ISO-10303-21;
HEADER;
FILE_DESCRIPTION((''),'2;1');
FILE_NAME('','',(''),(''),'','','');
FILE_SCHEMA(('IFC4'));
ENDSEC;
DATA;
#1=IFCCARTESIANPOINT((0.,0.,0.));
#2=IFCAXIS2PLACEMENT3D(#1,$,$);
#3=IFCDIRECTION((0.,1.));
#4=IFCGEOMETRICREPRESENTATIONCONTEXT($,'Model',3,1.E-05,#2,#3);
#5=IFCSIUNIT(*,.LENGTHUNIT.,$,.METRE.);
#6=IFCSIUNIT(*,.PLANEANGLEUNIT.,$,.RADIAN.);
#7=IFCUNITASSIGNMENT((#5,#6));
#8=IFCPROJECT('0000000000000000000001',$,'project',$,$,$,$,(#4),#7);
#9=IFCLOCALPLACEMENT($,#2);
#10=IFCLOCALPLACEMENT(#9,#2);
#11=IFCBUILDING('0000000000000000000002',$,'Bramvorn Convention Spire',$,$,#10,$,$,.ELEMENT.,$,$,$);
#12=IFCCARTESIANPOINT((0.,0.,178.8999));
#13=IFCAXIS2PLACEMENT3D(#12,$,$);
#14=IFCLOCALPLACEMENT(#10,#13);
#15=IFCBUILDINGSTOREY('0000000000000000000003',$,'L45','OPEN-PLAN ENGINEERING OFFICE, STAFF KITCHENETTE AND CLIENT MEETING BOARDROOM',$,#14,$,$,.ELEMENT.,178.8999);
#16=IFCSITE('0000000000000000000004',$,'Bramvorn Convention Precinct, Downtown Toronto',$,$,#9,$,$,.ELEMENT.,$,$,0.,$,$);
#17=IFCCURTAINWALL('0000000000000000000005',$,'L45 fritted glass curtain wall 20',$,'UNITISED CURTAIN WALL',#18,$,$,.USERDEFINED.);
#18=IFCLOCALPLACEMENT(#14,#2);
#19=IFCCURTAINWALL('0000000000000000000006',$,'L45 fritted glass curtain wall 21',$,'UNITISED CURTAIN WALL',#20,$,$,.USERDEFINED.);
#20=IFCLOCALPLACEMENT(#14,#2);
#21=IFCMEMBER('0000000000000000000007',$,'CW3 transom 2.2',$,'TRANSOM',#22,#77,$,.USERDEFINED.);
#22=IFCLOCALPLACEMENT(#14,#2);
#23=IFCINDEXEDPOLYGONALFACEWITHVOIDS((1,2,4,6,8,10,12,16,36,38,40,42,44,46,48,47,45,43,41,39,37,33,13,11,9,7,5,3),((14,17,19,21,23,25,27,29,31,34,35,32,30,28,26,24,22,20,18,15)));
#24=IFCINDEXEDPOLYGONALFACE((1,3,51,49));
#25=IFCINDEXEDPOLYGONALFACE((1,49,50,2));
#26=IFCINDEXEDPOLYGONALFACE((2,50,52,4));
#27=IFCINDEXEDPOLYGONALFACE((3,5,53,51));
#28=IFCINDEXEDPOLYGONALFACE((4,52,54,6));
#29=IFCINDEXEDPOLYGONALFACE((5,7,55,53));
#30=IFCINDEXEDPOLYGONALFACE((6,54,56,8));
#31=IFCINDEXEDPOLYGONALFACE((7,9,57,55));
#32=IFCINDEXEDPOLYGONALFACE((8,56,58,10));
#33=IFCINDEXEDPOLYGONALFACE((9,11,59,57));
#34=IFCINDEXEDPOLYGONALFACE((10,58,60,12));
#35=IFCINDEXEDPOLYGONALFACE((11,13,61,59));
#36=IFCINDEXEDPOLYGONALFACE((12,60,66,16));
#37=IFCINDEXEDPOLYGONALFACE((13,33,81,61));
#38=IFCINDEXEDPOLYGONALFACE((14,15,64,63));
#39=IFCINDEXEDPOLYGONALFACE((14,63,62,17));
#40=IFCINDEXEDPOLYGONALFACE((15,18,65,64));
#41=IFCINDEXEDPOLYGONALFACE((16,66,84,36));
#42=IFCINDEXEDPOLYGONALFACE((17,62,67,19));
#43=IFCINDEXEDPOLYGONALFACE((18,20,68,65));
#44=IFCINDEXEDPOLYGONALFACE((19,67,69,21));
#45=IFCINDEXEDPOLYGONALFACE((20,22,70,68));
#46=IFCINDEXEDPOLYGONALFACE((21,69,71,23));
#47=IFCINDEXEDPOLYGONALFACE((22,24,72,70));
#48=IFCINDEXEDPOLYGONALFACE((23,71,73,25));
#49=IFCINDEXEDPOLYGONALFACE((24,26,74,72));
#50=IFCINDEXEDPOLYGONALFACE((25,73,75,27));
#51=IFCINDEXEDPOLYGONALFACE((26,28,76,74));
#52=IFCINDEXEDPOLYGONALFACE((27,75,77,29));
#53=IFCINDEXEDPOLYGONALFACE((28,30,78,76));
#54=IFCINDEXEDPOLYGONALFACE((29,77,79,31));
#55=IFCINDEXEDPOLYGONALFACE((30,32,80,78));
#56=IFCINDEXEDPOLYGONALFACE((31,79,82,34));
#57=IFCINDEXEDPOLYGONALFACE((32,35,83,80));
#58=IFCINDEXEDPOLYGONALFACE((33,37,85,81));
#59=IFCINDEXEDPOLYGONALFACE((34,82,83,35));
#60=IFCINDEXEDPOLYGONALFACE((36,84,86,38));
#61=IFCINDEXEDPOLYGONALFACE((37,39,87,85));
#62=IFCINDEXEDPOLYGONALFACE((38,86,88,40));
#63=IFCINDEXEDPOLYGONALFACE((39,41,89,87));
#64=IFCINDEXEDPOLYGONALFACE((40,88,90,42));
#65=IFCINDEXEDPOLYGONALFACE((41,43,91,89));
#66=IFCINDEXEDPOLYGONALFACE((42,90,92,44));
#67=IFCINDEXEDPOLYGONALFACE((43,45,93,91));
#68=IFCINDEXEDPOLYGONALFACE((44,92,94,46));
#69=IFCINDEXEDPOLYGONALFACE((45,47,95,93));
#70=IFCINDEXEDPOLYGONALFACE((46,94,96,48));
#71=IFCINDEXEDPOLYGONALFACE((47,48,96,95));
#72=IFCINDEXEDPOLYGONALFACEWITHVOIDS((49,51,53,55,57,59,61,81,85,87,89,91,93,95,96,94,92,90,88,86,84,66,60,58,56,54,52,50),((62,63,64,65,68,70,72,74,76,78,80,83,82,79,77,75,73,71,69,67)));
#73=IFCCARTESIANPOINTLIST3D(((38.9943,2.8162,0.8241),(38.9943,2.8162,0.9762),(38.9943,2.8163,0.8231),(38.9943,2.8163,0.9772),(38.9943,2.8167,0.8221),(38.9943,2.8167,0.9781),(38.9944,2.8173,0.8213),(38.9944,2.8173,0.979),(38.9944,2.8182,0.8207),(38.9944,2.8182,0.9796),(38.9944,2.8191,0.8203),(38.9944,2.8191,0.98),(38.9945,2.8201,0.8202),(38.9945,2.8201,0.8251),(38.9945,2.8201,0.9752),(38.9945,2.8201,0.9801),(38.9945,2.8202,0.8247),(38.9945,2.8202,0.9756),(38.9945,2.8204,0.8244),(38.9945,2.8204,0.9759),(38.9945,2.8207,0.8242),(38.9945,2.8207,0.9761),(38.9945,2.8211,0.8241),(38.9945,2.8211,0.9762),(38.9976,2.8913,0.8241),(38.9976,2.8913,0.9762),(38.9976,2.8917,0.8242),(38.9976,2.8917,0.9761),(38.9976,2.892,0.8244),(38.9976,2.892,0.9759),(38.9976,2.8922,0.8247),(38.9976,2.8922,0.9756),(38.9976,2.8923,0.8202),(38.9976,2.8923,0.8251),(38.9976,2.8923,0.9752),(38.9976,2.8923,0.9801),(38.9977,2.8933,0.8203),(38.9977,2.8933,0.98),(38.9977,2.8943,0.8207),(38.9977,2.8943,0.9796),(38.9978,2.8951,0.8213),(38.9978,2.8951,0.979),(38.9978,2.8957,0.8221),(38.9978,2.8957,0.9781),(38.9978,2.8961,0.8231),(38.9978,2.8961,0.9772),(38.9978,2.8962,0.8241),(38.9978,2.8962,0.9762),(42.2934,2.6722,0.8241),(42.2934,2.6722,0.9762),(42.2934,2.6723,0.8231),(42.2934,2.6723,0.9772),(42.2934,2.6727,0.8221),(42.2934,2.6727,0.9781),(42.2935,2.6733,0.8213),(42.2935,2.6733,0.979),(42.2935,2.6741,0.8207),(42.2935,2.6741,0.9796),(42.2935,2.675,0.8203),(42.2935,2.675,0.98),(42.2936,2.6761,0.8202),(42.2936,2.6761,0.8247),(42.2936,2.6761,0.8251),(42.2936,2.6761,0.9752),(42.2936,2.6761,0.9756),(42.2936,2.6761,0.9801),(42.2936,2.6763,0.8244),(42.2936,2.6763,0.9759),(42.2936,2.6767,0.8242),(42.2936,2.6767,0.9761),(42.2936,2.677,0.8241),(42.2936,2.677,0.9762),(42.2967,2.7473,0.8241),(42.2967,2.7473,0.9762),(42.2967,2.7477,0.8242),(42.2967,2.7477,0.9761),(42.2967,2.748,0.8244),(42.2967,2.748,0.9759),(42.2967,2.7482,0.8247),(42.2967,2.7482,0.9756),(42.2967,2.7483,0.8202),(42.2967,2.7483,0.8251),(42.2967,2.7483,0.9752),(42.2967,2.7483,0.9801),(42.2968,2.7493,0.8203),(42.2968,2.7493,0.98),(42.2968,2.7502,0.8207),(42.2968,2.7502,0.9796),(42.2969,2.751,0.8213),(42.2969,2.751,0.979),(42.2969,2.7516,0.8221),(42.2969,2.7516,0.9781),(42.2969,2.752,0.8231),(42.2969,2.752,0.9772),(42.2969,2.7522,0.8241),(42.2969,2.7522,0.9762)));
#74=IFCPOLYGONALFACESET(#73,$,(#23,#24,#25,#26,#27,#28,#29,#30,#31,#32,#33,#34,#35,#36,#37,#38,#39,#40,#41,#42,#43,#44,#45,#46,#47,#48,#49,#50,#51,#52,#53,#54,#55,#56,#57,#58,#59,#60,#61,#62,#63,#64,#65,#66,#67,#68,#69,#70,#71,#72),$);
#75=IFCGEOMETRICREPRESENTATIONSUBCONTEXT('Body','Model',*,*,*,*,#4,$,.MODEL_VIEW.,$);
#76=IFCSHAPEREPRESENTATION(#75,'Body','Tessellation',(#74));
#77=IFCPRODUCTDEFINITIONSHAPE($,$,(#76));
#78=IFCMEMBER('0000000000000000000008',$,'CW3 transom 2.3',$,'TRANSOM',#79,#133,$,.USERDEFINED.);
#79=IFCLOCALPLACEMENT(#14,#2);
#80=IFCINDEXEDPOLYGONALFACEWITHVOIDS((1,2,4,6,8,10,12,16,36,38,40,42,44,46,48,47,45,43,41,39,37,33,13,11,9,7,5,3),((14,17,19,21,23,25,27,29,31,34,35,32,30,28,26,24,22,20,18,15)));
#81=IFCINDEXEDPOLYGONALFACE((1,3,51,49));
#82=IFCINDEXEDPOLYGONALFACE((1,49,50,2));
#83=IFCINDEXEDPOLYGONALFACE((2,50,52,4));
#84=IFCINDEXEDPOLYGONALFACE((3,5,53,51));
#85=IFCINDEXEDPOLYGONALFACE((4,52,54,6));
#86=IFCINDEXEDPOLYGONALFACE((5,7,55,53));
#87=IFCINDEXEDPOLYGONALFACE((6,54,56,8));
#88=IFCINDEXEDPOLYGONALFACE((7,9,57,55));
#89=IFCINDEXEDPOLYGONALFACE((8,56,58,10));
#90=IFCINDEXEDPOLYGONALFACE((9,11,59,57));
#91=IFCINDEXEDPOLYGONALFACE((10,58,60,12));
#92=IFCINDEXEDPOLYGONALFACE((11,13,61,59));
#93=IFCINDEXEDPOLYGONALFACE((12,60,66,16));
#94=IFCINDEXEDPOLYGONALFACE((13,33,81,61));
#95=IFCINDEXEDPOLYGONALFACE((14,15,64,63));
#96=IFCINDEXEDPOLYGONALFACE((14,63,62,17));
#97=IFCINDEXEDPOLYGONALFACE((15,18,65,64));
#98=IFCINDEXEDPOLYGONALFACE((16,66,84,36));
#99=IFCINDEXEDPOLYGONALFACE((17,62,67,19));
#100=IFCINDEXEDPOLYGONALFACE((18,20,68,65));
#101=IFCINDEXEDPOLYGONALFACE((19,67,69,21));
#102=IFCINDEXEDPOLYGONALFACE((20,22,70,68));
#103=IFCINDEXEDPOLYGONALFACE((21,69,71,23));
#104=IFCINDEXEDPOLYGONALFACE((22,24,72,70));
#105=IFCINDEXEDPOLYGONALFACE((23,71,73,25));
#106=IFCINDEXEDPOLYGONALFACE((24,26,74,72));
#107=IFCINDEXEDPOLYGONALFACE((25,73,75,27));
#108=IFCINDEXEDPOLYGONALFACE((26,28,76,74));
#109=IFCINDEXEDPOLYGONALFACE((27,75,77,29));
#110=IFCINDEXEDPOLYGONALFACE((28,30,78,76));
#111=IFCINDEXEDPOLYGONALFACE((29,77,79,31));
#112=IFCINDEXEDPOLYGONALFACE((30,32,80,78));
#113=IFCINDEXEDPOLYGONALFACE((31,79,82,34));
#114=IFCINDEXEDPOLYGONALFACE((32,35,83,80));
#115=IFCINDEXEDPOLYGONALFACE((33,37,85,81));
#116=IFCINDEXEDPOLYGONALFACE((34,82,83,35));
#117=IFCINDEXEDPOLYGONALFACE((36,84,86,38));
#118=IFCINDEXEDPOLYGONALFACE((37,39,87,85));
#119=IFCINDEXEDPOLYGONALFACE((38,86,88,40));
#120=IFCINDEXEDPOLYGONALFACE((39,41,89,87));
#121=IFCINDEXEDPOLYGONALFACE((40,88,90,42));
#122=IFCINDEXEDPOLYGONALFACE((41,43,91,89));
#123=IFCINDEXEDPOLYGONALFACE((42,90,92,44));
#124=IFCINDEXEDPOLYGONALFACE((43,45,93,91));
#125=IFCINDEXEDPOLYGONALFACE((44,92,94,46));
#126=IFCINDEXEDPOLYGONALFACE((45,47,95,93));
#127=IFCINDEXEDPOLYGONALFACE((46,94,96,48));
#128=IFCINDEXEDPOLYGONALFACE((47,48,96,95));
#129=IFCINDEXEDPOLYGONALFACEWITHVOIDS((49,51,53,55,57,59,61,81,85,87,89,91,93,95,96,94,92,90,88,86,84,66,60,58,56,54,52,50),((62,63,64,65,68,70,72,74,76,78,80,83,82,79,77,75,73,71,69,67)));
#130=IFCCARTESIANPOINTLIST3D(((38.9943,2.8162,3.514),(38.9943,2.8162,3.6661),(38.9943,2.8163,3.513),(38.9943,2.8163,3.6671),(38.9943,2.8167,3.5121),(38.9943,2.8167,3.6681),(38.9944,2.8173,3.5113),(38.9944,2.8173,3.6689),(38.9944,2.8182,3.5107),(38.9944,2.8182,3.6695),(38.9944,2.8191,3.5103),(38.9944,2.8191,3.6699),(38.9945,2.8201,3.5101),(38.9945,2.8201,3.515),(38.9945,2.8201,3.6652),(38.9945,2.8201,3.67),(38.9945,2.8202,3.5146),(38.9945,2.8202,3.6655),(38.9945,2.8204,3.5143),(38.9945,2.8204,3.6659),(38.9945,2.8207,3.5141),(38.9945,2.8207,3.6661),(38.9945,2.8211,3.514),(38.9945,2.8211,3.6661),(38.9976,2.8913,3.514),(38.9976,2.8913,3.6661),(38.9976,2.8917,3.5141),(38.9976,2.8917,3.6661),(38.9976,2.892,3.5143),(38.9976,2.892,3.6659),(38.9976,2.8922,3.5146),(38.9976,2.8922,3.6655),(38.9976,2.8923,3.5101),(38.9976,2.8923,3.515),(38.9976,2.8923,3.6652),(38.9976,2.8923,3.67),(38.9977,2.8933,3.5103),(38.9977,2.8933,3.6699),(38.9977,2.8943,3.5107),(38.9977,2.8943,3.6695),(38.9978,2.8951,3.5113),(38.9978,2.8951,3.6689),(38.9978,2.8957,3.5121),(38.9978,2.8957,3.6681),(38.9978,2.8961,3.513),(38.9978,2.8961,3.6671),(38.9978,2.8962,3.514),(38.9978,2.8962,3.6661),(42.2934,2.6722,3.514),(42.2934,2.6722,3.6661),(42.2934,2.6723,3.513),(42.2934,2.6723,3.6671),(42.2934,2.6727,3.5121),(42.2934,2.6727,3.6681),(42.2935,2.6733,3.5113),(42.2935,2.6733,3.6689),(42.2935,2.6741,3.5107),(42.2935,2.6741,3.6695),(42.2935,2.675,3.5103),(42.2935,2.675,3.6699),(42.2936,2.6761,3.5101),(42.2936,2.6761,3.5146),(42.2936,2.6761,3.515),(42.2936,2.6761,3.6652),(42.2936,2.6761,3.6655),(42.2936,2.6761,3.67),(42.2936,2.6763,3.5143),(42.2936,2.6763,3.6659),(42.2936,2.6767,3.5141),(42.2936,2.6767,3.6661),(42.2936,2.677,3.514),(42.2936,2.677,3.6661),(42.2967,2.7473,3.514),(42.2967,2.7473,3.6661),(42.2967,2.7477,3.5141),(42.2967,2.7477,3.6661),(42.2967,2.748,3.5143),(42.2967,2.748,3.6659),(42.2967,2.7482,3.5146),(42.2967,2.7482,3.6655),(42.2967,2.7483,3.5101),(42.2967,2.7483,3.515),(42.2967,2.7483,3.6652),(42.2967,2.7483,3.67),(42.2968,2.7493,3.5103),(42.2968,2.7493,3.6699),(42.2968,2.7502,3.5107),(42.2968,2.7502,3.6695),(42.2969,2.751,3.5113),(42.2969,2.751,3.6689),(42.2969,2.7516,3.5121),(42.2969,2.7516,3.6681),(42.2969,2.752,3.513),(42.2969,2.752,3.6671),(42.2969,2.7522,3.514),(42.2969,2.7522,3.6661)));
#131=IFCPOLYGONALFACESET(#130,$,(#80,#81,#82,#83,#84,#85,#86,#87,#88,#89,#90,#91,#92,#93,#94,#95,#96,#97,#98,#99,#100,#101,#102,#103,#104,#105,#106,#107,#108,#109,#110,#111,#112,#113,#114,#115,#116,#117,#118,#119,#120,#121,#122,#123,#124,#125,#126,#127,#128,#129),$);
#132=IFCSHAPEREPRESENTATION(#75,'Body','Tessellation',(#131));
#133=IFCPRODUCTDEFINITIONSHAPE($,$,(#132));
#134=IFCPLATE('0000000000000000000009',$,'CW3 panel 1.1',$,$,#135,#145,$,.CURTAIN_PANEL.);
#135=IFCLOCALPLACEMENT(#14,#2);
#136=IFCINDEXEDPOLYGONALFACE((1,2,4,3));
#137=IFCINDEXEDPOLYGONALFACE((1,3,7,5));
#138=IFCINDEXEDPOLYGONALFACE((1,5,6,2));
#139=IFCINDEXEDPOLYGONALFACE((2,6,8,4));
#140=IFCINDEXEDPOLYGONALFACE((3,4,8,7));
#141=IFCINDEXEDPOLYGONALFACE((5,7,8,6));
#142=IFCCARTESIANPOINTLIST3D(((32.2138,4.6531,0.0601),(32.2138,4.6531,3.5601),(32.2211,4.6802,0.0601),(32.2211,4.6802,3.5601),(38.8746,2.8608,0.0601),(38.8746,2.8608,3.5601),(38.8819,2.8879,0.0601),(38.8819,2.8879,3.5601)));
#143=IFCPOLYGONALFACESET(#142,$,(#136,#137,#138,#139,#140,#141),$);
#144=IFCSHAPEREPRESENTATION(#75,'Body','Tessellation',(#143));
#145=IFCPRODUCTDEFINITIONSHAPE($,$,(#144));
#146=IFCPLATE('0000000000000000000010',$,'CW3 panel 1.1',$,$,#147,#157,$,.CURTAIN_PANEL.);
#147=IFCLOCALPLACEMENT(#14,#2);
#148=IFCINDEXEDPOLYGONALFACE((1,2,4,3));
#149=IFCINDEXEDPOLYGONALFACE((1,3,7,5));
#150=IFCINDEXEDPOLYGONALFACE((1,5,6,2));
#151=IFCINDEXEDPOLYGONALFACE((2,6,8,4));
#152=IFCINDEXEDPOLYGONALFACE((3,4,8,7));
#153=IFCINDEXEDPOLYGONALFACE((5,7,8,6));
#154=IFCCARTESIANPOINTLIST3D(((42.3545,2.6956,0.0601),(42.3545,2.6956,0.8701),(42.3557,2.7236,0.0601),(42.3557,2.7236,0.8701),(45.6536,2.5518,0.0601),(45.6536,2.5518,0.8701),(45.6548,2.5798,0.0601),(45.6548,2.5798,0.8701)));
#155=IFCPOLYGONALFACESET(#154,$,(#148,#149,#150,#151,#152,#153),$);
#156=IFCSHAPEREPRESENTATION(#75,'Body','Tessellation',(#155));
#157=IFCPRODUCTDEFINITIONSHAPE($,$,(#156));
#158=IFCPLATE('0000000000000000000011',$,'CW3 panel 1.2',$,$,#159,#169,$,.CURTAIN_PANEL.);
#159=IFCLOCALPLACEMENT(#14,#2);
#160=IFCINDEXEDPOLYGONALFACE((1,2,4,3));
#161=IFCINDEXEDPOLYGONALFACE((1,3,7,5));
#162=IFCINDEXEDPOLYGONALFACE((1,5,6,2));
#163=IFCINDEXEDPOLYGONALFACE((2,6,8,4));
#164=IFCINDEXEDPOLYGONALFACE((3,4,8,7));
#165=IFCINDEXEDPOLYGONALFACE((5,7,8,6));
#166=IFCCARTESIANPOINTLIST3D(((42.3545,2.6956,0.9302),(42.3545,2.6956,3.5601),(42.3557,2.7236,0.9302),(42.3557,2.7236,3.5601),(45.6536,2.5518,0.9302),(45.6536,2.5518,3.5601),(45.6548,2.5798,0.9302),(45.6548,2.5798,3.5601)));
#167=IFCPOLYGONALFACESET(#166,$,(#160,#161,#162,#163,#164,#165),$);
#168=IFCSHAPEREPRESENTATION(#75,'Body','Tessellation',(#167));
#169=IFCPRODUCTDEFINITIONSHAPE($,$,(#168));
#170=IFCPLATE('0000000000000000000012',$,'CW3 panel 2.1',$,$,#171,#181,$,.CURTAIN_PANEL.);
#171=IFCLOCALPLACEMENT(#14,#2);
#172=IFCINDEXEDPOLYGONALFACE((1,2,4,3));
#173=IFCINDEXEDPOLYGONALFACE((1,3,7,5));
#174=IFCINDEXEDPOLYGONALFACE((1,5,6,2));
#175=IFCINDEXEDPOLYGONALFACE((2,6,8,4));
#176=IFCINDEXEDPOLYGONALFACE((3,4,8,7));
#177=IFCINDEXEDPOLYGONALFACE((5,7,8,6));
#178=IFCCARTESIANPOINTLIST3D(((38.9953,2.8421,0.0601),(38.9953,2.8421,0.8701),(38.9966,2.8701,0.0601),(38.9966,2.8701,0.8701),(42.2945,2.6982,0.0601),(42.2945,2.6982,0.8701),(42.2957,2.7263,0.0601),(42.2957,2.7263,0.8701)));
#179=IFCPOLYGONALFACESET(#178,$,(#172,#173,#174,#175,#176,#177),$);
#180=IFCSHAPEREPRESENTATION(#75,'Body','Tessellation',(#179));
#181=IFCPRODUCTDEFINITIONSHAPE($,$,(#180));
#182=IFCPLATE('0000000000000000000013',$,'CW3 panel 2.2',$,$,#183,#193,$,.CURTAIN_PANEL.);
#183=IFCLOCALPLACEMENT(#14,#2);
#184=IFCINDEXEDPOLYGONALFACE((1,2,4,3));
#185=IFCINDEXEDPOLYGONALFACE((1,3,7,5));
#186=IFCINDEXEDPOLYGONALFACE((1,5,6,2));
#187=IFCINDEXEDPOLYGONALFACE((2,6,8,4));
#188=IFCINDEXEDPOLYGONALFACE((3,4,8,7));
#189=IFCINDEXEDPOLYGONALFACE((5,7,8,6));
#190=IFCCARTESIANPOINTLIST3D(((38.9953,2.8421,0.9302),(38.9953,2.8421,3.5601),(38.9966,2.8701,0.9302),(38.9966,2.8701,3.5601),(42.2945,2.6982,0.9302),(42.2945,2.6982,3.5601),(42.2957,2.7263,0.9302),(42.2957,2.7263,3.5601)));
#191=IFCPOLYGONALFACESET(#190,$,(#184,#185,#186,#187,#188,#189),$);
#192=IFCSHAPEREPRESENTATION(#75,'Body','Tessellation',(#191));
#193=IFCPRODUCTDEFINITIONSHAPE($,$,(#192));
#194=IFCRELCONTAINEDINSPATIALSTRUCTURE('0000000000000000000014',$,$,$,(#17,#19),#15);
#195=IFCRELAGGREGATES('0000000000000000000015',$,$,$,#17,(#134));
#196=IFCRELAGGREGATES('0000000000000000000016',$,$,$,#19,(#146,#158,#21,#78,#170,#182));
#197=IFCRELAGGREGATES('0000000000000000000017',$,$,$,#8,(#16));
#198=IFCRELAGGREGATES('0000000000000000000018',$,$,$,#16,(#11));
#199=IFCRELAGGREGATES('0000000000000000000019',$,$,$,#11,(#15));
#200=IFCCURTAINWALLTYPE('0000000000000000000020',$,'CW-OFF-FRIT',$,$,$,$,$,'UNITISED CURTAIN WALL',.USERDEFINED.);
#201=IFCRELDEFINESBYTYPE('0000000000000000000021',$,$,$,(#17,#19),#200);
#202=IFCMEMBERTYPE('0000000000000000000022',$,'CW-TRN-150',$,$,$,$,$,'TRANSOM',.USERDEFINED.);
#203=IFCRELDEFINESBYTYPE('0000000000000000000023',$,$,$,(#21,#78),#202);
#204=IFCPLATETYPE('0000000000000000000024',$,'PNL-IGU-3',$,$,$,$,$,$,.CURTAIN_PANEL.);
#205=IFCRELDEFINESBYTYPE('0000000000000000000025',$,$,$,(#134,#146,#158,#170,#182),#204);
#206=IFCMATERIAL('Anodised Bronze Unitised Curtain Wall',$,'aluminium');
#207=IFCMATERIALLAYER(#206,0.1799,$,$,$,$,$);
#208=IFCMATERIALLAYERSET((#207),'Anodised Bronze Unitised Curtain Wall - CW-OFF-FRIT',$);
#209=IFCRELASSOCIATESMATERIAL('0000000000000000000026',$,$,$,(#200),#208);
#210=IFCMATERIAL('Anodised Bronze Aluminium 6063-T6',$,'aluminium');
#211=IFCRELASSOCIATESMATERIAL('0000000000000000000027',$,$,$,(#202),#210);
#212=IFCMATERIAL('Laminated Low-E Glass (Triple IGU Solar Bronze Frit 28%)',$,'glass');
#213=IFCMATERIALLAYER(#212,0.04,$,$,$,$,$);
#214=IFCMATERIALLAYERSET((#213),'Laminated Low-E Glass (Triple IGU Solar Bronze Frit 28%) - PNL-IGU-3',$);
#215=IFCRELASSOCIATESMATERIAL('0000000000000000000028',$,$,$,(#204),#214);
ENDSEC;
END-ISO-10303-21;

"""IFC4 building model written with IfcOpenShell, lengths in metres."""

from ifc_helpers import new_model, si_unit, direction, frame, origin, origin_2d, place, context, subcontext, project, spatial, rectangle, hollow_rectangle, extrude, material, layer, layer_set, material_profile, profile_set, type_object, element, aggregate, save


model = new_model("IFC4")

# Units and contexts
model_context = context("Model", 3, precision=1e-05, world=origin(), true_north=direction((0.0, 1.0)))
body_context = subcontext(model_context, "Body", "Model", "MODEL_VIEW")
ifc_project = project(units=[si_unit("LENGTHUNIT", "METRE"), si_unit("PLANEANGLEUNIT", "RADIAN")], contexts=[model_context])

# Site, building, storey
site_placement = place(None, origin())
site = spatial("IfcSite", under=ifc_project, at=site_placement, Name="Bramvorn Convention Precinct, Downtown Toronto", CompositionType="ELEMENT", RefElevation=0.0)
building_placement = place(site_placement, origin())
building = spatial("IfcBuilding", under=site, at=building_placement, Name="Bramvorn Convention Spire", CompositionType="ELEMENT")
storey_placement = place(building_placement, frame((0.0, 0.0, 178.8999)))
storey = spatial("IfcBuildingStorey", under=building, at=storey_placement, Name="L45", Description="OPEN-PLAN ENGINEERING OFFICE, STAFF KITCHENETTE AND CLIENT MEETING BOARDROOM", CompositionType="ELEMENT", Elevation=178.8999)

# Curtain wall
ifc_material_1 = material(Name="Anodised Bronze Unitised Curtain Wall", Category="aluminium")
ifc_layer_1 = layer(ifc_material_1, 0.1799)
ifc_layer_set_1 = layer_set([ifc_layer_1], Name="Anodised Bronze Unitised Curtain Wall - CW-OFF-FRIT")
curtain_wall_type = type_object("IfcCurtainWallType", Name="CW-OFF-FRIT", ElementType="UNITISED CURTAIN WALL", PredefinedType="USERDEFINED", material=ifc_layer_set_1)
curtain_wall_1_placement = place(storey_placement, origin())
curtain_wall_1 = element("IfcCurtainWall", 1, at=curtain_wall_1_placement, inside=storey, type_object=curtain_wall_type, Name="L45 fritted glass curtain wall 20", ObjectType="UNITISED CURTAIN WALL", PredefinedType="USERDEFINED")
ifc_material_2 = material(Name="Anodised Bronze Aluminium 6063-T6", Category="aluminium")

# Curtain wall
curtain_wall_2_placement = place(storey_placement, origin())
curtain_wall_2 = element("IfcCurtainWall", 2, at=curtain_wall_2_placement, inside=storey, type_object=curtain_wall_type, Name="L45 fritted glass curtain wall 21", ObjectType="UNITISED CURTAIN WALL", PredefinedType="USERDEFINED")

# Members
ifc_material_profile_1 = material_profile(ifc_material_2, hollow_rectangle(XDim=0.0801, YDim=0.1599, WallThickness=0.0039, InnerFilletRadius=0.001, OuterFilletRadius=0.0039, at=origin_2d()))
ifc_profile_set_1 = profile_set([ifc_material_profile_1], Name="Anodised Bronze Aluminium 6063-T6 - CWT80X160")
member_type_1 = type_object("IfcMemberType", Name="CW-TRN-150", ElementType="TRANSOM", PredefinedType="USERDEFINED", material=ifc_profile_set_1)
member_1_placement = place(storey_placement, frame((42.2952, 2.7122, 0.9001), z_axis=(-0.999048, 0.04362, 0.0), x_axis=(-0.04362, -0.999048, 0.0)))
member_1 = element("IfcMember", 3, at=member_1_placement, type_object=member_type_1, Name="CW3 transom 2.2", ObjectType="TRANSOM", PredefinedType="USERDEFINED", context=body_context, shape_type="SweptSolid", body=[
    extrude(hollow_rectangle(XDim=0.0801, YDim=0.1599, WallThickness=0.0039, InnerFilletRadius=0.001, OuterFilletRadius=0.0039, at=origin_2d()), origin(), (0.0, 0.0, 1.0), 3.3022),
])
member_2_placement = place(storey_placement, frame((42.2952, 2.7122, 3.5901), z_axis=(-0.999048, 0.04362, 0.0), x_axis=(-0.04362, -0.999048, 0.0)))
member_2 = element("IfcMember", 4, at=member_2_placement, type_object=member_type_1, Name="CW3 transom 2.3", ObjectType="TRANSOM", PredefinedType="USERDEFINED", context=body_context, shape_type="SweptSolid", body=[
    extrude(hollow_rectangle(XDim=0.0801, YDim=0.1599, WallThickness=0.0039, InnerFilletRadius=0.001, OuterFilletRadius=0.0039, at=origin_2d()), origin(), (0.0, 0.0, 1.0), 3.3022),
])

# Plates
ifc_material_3 = material(Name="Laminated Low-E Glass (Triple IGU Solar Bronze Frit 28%)", Category="glass")
ifc_layer_2 = layer(ifc_material_3, 0.04)
ifc_layer_set_2 = layer_set([ifc_layer_2], Name="Laminated Low-E Glass (Triple IGU Solar Bronze Frit 28%) - PNL-IGU-3")
plate_type = type_object("IfcPlateType", Name="PNL-IGU-3", PredefinedType="CURTAIN_PANEL", material=ifc_layer_set_2)
plate_1_placement = place(storey_placement, frame((35.5479, 3.7705, 0.0601), z_axis=(0.0, 0.0, 1.0), x_axis=(-0.965654, 0.259831, 0.0)))
plate_1 = element("IfcPlate", 5, at=plate_1_placement, type_object=plate_type, Name="CW3 panel 1.1", PredefinedType="CURTAIN_PANEL", context=body_context, shape_type="SweptSolid", body=[
    extrude(rectangle(XDim=6.8977, YDim=0.0281, at=origin_2d()), origin(), (0.0, 0.0, 1.0), 3.5),
])
aggregate(curtain_wall_1, [plate_1])
plate_2_placement = place(storey_placement, frame((44.0046, 2.6377, 0.0601), z_axis=(0.0, 0.0, 1.0), x_axis=(-0.999051, 0.043555, 0.0)))
plate_2 = element("IfcPlate", 6, at=plate_2_placement, type_object=plate_type, Name="CW3 panel 1.1", PredefinedType="CURTAIN_PANEL", context=body_context, shape_type="SweptSolid", body=[
    extrude(rectangle(XDim=3.3022, YDim=0.0281, at=origin_2d()), origin(), (0.0, 0.0, 1.0), 0.8101),
])
plate_3_placement = place(storey_placement, frame((44.0046, 2.6377, 0.9302), z_axis=(0.0, 0.0, 1.0), x_axis=(-0.999051, 0.043555, 0.0)))
plate_3 = element("IfcPlate", 7, at=plate_3_placement, type_object=plate_type, Name="CW3 panel 1.2", PredefinedType="CURTAIN_PANEL", context=body_context, shape_type="SweptSolid", body=[
    extrude(rectangle(XDim=3.3022, YDim=0.0281, at=origin_2d()), origin(), (0.0, 0.0, 1.0), 2.6299),
])
plate_4_placement = place(storey_placement, frame((40.6455, 2.7842, 0.0601), z_axis=(0.0, 0.0, 1.0), x_axis=(-0.999051, 0.043555, 0.0)))
plate_4 = element("IfcPlate", 8, at=plate_4_placement, type_object=plate_type, Name="CW3 panel 2.1", PredefinedType="CURTAIN_PANEL", context=body_context, shape_type="SweptSolid", body=[
    extrude(rectangle(XDim=3.3022, YDim=0.0281, at=origin_2d()), origin(), (0.0, 0.0, 1.0), 0.8101),
])
plate_5_placement = place(storey_placement, frame((40.6455, 2.7842, 0.9302), z_axis=(0.0, 0.0, 1.0), x_axis=(-0.999051, 0.043555, 0.0)))
plate_5 = element("IfcPlate", 9, at=plate_5_placement, type_object=plate_type, Name="CW3 panel 2.2", PredefinedType="CURTAIN_PANEL", context=body_context, shape_type="SweptSolid", body=[
    extrude(rectangle(XDim=3.3022, YDim=0.0281, at=origin_2d()), origin(), (0.0, 0.0, 1.0), 2.6299),
])
aggregate(curtain_wall_2, [plate_2, plate_3, member_1, member_2, plate_4, plate_5])

save(model, "model.ifc")
